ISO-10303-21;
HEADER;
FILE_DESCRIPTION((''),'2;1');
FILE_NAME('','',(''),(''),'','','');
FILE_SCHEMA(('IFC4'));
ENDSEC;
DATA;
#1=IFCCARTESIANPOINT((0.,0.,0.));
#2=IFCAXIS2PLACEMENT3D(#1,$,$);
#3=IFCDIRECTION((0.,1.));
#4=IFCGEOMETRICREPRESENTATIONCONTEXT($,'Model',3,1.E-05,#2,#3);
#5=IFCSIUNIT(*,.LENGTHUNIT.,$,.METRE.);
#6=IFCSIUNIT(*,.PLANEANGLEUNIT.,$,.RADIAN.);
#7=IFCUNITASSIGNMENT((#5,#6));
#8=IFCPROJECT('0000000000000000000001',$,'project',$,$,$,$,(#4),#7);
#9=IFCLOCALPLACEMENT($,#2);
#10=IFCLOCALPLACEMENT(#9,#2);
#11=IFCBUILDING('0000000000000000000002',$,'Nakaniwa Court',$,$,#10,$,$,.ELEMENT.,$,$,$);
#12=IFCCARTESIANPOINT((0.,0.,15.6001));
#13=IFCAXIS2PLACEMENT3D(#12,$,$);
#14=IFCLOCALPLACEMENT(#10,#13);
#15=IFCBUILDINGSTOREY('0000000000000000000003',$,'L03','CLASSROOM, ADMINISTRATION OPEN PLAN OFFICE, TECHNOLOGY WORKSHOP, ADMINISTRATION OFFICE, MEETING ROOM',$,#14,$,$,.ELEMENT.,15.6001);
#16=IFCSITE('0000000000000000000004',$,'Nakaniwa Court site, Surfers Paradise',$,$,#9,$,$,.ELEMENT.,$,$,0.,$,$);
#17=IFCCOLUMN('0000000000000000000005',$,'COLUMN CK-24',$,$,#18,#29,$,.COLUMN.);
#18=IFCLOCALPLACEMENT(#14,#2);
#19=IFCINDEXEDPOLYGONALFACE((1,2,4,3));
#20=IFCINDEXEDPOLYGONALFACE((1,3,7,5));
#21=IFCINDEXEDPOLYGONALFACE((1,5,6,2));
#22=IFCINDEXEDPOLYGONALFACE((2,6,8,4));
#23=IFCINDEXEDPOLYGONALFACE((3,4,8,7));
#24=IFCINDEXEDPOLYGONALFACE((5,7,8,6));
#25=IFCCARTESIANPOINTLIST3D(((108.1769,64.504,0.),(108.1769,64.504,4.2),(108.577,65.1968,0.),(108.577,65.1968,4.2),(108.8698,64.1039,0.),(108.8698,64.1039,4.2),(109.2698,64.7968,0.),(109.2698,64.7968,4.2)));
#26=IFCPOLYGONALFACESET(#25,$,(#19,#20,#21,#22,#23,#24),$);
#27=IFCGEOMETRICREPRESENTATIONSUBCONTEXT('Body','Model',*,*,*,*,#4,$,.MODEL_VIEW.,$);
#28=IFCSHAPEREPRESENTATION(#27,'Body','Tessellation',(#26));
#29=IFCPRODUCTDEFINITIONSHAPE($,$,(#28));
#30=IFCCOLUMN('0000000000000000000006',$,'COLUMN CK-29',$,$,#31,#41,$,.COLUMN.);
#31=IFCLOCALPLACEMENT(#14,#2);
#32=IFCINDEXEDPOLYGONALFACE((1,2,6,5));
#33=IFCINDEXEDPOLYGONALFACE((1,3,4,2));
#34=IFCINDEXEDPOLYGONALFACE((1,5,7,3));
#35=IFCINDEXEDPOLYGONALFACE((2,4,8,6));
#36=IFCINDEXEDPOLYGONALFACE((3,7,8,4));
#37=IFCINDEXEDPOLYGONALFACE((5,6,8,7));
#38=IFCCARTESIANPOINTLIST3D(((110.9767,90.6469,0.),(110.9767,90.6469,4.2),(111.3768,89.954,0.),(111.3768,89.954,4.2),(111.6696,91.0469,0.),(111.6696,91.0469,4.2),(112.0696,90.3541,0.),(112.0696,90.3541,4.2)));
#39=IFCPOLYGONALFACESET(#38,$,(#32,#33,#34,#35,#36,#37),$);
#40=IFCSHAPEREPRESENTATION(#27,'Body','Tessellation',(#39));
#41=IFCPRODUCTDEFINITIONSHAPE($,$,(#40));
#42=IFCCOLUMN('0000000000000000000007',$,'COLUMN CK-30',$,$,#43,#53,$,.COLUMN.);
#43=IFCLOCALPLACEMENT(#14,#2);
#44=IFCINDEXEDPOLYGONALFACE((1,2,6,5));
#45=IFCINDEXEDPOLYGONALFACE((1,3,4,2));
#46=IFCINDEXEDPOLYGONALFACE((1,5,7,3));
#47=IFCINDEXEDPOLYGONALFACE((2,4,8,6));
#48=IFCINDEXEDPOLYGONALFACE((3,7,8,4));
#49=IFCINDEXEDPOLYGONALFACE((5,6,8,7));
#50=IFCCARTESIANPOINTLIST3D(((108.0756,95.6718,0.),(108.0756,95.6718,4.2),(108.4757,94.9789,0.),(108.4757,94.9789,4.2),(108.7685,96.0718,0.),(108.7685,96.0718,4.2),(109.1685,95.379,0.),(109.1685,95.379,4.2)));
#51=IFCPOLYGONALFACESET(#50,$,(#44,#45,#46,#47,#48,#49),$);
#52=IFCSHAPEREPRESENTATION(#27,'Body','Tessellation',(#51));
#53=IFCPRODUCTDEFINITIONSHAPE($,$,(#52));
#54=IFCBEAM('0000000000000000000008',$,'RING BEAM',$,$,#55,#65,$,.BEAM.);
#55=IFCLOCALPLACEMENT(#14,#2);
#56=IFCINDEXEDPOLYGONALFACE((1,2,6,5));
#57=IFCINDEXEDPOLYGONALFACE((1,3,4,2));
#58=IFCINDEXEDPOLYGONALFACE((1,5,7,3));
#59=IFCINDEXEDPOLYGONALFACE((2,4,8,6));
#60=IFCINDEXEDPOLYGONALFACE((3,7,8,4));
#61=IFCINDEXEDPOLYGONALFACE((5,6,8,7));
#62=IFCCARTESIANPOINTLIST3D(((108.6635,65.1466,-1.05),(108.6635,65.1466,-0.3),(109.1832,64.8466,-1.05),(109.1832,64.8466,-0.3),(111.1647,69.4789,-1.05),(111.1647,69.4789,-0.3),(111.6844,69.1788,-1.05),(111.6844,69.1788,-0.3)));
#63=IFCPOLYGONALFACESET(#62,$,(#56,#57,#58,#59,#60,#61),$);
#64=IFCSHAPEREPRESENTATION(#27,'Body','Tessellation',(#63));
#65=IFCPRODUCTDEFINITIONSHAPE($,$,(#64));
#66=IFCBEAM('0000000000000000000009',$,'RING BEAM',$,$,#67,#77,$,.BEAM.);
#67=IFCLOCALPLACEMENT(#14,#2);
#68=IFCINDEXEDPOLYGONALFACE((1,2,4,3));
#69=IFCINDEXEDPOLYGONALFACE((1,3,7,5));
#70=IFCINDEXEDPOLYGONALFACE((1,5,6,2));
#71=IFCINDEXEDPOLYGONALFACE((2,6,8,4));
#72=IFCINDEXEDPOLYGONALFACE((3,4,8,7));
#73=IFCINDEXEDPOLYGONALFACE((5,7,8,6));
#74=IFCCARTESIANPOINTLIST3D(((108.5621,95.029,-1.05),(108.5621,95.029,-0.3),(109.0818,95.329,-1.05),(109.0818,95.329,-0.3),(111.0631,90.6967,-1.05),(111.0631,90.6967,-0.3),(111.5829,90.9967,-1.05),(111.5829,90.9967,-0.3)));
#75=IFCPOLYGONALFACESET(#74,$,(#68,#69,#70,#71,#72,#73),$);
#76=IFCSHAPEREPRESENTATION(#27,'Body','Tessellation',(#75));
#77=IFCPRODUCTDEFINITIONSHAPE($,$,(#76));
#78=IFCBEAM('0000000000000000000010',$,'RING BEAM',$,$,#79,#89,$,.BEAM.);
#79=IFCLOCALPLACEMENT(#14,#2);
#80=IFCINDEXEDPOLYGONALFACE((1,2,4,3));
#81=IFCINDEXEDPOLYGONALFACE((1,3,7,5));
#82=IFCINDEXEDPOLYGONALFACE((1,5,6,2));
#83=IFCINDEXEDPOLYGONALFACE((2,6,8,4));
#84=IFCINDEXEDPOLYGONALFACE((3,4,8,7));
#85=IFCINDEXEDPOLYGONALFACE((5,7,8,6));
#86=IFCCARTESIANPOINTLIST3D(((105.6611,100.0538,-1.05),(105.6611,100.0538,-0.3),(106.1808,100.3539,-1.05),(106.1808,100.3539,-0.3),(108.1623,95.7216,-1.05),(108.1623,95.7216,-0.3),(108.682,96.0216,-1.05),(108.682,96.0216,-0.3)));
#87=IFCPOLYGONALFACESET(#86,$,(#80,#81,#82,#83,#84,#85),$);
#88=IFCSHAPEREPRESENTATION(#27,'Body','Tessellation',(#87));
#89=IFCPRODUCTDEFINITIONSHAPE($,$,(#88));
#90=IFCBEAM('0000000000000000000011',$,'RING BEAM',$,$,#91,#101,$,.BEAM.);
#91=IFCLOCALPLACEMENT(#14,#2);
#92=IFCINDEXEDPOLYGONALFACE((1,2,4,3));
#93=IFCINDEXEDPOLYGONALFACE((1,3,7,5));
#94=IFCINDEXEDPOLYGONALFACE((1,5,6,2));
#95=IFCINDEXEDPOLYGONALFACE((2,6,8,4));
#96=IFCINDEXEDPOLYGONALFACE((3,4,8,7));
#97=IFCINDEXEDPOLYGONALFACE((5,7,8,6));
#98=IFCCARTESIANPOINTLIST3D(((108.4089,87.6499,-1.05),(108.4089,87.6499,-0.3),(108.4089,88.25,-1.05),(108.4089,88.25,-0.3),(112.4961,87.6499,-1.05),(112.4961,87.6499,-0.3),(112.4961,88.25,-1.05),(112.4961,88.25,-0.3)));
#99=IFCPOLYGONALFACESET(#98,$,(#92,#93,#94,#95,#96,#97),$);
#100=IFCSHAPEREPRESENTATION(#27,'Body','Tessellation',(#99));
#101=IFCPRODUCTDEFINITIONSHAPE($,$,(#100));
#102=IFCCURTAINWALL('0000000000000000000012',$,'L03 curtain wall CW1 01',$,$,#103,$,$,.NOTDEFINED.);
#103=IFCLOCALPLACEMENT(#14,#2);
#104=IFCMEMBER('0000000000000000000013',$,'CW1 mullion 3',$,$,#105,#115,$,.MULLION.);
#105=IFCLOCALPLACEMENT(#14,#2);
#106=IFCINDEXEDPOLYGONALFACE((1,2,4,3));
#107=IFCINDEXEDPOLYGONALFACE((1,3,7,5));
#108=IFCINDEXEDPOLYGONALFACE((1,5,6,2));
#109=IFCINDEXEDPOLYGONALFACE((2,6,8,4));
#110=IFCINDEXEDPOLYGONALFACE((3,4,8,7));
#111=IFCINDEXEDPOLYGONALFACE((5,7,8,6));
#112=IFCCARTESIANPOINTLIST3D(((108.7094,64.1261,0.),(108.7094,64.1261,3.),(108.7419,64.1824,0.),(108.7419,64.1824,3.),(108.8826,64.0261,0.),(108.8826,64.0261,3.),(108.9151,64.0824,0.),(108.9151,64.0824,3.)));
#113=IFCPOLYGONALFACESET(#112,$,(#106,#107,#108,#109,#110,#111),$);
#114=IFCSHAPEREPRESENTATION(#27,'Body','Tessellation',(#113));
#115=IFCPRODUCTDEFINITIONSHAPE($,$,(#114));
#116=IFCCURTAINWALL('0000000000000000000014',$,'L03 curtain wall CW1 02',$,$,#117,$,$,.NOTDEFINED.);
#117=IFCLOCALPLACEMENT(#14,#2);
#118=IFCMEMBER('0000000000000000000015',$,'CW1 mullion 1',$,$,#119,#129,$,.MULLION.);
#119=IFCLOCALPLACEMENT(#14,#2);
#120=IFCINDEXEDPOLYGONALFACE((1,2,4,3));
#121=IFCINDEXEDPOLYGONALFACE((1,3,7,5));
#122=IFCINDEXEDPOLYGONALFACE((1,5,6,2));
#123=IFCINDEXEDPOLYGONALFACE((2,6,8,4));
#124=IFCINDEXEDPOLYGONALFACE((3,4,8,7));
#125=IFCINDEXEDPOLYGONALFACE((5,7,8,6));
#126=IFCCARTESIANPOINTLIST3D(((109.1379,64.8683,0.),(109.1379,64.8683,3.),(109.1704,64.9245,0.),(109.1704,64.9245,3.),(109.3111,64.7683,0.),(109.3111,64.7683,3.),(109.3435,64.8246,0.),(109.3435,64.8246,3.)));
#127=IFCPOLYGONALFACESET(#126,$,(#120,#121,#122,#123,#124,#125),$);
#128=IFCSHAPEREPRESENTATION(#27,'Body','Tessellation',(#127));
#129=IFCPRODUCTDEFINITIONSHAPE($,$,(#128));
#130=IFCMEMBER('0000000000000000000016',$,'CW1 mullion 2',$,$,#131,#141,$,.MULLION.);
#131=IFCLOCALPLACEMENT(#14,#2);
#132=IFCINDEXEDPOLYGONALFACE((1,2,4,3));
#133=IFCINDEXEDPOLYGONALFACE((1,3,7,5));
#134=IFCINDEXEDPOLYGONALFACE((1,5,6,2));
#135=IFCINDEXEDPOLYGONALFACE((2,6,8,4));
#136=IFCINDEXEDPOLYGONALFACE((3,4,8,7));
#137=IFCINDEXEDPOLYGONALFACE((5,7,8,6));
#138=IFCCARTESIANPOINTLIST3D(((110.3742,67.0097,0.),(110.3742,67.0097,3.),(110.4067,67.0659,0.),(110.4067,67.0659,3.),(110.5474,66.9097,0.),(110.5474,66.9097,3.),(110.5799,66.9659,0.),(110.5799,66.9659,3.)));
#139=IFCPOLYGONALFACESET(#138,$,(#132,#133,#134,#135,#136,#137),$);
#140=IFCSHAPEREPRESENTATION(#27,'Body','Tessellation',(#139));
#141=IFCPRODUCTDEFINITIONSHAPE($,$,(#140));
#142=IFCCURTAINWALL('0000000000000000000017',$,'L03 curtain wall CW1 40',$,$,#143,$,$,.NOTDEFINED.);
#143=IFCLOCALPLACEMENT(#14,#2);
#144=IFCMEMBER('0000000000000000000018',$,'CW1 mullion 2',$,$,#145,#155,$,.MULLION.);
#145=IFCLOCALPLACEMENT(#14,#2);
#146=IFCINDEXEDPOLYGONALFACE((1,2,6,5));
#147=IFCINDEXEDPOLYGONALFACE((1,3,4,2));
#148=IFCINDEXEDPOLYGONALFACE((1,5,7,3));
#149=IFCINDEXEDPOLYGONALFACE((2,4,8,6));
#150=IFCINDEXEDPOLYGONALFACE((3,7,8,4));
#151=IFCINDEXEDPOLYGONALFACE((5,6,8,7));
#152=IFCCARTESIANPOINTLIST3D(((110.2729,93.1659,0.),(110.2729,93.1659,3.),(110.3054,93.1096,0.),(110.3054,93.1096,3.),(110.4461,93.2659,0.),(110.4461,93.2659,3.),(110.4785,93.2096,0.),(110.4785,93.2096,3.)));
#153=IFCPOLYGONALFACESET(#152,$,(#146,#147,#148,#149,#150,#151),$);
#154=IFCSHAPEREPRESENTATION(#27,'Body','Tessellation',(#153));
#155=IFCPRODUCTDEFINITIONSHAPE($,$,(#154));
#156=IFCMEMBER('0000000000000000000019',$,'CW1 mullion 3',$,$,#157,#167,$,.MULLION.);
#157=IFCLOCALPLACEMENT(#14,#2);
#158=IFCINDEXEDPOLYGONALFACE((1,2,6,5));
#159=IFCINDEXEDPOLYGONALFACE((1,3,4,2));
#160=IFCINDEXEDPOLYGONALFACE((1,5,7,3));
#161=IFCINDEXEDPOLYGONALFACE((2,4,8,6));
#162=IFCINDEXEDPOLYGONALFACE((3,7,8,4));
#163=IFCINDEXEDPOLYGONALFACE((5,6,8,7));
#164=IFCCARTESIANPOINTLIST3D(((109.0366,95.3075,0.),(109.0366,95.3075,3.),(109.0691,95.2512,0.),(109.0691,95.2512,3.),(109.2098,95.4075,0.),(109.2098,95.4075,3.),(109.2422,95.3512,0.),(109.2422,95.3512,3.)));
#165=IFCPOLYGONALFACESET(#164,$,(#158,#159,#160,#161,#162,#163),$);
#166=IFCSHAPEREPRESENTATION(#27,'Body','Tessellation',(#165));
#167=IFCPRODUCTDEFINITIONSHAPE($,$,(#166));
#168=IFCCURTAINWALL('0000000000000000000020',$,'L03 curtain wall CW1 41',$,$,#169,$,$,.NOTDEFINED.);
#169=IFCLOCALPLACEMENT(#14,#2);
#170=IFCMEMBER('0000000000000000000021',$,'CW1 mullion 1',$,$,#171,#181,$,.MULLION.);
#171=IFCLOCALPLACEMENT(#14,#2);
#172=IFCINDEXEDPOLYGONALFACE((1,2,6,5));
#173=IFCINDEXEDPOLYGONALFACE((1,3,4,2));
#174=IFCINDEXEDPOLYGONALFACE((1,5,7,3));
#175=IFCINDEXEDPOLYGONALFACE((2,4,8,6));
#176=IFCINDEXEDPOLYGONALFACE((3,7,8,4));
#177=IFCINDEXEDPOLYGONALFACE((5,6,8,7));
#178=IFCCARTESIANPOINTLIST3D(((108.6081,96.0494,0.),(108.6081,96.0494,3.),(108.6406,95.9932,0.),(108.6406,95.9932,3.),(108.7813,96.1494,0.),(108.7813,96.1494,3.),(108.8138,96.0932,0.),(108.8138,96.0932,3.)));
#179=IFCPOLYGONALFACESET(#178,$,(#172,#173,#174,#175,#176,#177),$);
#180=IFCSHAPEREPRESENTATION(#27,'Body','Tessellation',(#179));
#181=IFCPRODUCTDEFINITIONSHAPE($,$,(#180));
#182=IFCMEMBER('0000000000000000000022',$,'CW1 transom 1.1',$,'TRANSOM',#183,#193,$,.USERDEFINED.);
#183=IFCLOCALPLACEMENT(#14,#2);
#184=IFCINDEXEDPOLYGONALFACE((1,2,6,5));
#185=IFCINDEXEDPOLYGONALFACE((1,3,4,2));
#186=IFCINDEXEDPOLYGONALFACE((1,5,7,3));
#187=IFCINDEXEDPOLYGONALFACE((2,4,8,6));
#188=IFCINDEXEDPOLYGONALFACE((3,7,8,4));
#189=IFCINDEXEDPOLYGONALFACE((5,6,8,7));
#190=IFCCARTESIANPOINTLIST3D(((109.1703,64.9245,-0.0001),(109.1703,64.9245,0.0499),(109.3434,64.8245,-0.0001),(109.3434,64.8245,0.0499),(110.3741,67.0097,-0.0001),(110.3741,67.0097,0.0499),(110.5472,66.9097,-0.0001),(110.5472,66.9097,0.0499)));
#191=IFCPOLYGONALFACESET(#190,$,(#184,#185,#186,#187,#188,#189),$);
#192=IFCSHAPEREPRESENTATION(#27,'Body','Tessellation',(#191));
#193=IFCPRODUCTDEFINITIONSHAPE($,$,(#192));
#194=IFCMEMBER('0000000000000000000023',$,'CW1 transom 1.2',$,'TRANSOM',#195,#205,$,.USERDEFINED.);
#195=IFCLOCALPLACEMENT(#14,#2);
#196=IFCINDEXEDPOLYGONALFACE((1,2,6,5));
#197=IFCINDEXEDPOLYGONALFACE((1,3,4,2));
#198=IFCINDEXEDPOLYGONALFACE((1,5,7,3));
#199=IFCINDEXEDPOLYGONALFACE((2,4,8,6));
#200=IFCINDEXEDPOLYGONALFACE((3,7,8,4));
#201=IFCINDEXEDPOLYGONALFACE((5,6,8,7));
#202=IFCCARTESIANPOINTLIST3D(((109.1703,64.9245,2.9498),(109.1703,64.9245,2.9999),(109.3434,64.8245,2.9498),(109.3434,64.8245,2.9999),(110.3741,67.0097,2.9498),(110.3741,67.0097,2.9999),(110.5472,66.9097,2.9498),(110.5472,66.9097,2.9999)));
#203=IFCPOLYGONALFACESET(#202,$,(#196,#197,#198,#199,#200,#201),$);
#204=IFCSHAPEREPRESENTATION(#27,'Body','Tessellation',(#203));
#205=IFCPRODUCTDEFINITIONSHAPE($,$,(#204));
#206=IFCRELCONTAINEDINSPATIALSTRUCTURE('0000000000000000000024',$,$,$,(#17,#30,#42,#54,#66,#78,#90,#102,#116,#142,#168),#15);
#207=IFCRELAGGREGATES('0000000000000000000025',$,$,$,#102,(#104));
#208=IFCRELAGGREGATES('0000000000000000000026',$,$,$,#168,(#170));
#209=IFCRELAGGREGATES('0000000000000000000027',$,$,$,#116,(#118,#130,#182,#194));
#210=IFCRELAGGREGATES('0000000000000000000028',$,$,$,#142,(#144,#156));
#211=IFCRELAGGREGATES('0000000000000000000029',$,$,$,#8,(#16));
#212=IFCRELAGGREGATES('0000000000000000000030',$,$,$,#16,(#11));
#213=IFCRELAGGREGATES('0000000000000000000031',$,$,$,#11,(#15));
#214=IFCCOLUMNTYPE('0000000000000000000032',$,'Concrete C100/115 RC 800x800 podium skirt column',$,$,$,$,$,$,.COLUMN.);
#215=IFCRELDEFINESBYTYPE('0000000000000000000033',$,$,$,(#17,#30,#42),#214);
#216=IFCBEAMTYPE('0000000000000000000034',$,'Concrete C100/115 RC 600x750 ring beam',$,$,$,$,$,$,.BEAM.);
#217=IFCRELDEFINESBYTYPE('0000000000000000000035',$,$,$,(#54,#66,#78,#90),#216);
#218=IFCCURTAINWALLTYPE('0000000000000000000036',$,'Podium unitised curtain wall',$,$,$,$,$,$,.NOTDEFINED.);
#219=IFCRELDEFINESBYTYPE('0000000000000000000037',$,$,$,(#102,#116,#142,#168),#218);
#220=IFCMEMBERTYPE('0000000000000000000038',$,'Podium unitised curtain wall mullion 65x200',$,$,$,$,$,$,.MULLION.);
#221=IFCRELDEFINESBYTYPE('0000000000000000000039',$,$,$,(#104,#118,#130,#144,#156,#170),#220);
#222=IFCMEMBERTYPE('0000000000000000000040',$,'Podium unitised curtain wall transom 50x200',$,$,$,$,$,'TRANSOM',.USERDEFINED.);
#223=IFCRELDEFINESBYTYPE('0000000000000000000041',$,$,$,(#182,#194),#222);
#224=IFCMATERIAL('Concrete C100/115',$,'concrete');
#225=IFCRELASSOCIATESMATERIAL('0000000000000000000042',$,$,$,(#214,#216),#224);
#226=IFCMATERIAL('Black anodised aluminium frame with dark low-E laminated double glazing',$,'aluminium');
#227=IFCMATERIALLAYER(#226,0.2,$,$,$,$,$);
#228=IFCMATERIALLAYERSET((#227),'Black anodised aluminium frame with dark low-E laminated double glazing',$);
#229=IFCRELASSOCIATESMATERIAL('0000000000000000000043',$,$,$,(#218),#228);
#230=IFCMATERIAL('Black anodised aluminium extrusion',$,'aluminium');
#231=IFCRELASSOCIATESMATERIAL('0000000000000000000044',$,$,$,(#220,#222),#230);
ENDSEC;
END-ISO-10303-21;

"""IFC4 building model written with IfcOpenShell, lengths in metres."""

from ifc_helpers import new_model, si_unit, direction, frame, origin, origin_2d, place, context, subcontext, project, spatial, rectangle, extrude, material, layer, layer_set, material_profile, profile_set, type_object, element, aggregate, save


model = new_model("IFC4")

# Units and contexts
model_context = context("Model", 3, precision=1e-05, world=origin(), true_north=direction((0.0, 1.0)))
body_context = subcontext(model_context, "Body", "Model", "MODEL_VIEW")
ifc_project = project(units=[si_unit("LENGTHUNIT", "METRE"), si_unit("PLANEANGLEUNIT", "RADIAN")], contexts=[model_context])

# Site, building, storey
site_placement = place(None, origin())
site = spatial("IfcSite", under=ifc_project, at=site_placement, Name="Nakaniwa Court site, Surfers Paradise", CompositionType="ELEMENT", RefElevation=0.0)
building_placement = place(site_placement, origin())
building = spatial("IfcBuilding", under=site, at=building_placement, Name="Nakaniwa Court", CompositionType="ELEMENT")
storey_placement = place(building_placement, frame((0.0, 0.0, 15.6001)))
storey = spatial("IfcBuildingStorey", under=building, at=storey_placement, Name="L03", Description="CLASSROOM, ADMINISTRATION OPEN PLAN OFFICE, TECHNOLOGY WORKSHOP, ADMINISTRATION OFFICE, MEETING ROOM", CompositionType="ELEMENT", Elevation=15.6001)

# Columns
ifc_material_1 = material(Name="Concrete C100/115", Category="concrete")
ifc_material_profile_1 = material_profile(ifc_material_1, rectangle(XDim=0.8, YDim=0.8, at=origin_2d()), Name="Concrete C100/115 RC 800x800 podium skirt column")
ifc_profile_set_1 = profile_set([ifc_material_profile_1], Name="Concrete C100/115")
column_type = type_object("IfcColumnType", Name="Concrete C100/115 RC 800x800 podium skirt column", PredefinedType="COLUMN", material=ifc_profile_set_1)
for number, where, z_axis, x_axis, name in (
    (1, (108.7234, 64.6504, 0.0), (0.0, 0.0, 1.0), (0.5, 0.866025, 0.0), "COLUMN CK-24"),
    (2, (111.5232, 90.5005, 0.0), (0.0, 0.0, 1.0), (-0.5, 0.866025, 0.0), "COLUMN CK-29"),
    (3, (108.6221, 95.5254, 0.0), (0.0, 0.0, 1.0), (-0.5, 0.866025, 0.0), "COLUMN CK-30"),
):
    element("IfcColumn", number, at=place(storey_placement, frame(where, z_axis=z_axis, x_axis=x_axis)), inside=storey, type_object=column_type, Name=name, PredefinedType="COLUMN", context=body_context, shape_type="SweptSolid", body=[
        extrude(rectangle(XDim=0.8, YDim=0.8, at=origin_2d()), origin(), (0.0, 0.0, 1.0), 4.2),
    ])

# Beams
ifc_material_profile_2 = material_profile(ifc_material_1, rectangle(XDim=0.6001, YDim=0.75, at=origin_2d()), Name="Concrete C100/115 RC 600x750 ring beam")
ifc_profile_set_2 = profile_set([ifc_material_profile_2], Name="Concrete C100/115")
beam_type = type_object("IfcBeamType", Name="Concrete C100/115 RC 600x750 ring beam", PredefinedType="BEAM", material=ifc_profile_set_2)
for number, where, z_axis, x_axis, name in (
    (4, (108.9233, 64.9966, -0.675), (0.499997, 0.866027, 0.0), (-0.866027, 0.499997, 0.0), "RING BEAM"),
    (5, (111.323, 90.8467, -0.675), (-0.49996, 0.866048, 0.0), (-0.866048, -0.49996, 0.0), "RING BEAM"),
    (6, (108.4221, 95.8716, -0.675), (-0.499997, 0.866027, 0.0), (-0.866027, -0.499997, 0.0), "RING BEAM"),
):
    element("IfcBeam", number, at=place(storey_placement, frame(where, z_axis=z_axis, x_axis=x_axis)), inside=storey, type_object=beam_type, Name=name, PredefinedType="BEAM", context=body_context, shape_type="SweptSolid", body=[
        extrude(rectangle(XDim=0.6001, YDim=0.75, at=origin_2d()), origin(), (0.0, 0.0, 1.0), 5.0024),
    ])
beam_placement = place(storey_placement, frame((108.4089, 87.95, -0.675), z_axis=(1.0, 0.0, 0.0), x_axis=(0.0, 1.0, 0.0)))
element("IfcBeam", 7, at=beam_placement, inside=storey, type_object=beam_type, Name="RING BEAM", PredefinedType="BEAM", context=body_context, shape_type="SweptSolid", body=[
    extrude(rectangle(XDim=0.6001, YDim=0.75, at=origin_2d()), origin(), (0.0, 0.0, 1.0), 4.0872),
])

# Curtain wall, member
ifc_material_2 = material(Name="Black anodised aluminium frame with dark low-E laminated double glazing", Category="aluminium")
ifc_layer_1 = layer(ifc_material_2, 0.2)
ifc_layer_set_1 = layer_set([ifc_layer_1], Name="Black anodised aluminium frame with dark low-E laminated double glazing")
curtain_wall_type = type_object("IfcCurtainWallType", Name="Podium unitised curtain wall", PredefinedType="NOTDEFINED", material=ifc_layer_set_1)
curtain_wall_1_placement = place(storey_placement, origin())
curtain_wall_1 = element("IfcCurtainWall", 8, at=curtain_wall_1_placement, inside=storey, type_object=curtain_wall_type, Name="L03 curtain wall CW1 01", PredefinedType="NOTDEFINED")
ifc_material_3 = material(Name="Black anodised aluminium extrusion", Category="aluminium")
ifc_material_profile_3 = material_profile(ifc_material_3, rectangle(XDim=0.2, YDim=0.0649, at=origin_2d()), Name="Podium unitised curtain wall mullion 65x200")
ifc_profile_set_3 = profile_set([ifc_material_profile_3], Name="Black anodised aluminium extrusion")
member_type_1 = type_object("IfcMemberType", Name="Podium unitised curtain wall mullion 65x200", PredefinedType="MULLION", material=ifc_profile_set_3)
member_1_placement = place(storey_placement, frame((108.8123, 64.1042, 0.0), z_axis=(0.0, 0.0, 1.0), x_axis=(-0.866032, 0.499988, 0.0)))
member_1 = element("IfcMember", 9, at=member_1_placement, type_object=member_type_1, Name="CW1 mullion 3", PredefinedType="MULLION", context=body_context, shape_type="SweptSolid", body=[
    extrude(rectangle(XDim=0.2, YDim=0.0649, at=origin_2d()), origin(), (0.0, 0.0, 1.0), 3.0),
])
aggregate(curtain_wall_1, [member_1])

# Curtain walls, members
curtain_wall_2_placement = place(storey_placement, origin())
curtain_wall_2 = element("IfcCurtainWall", 10, at=curtain_wall_2_placement, inside=storey, type_object=curtain_wall_type, Name="L03 curtain wall CW1 02", PredefinedType="NOTDEFINED")
member_2_placement = place(storey_placement, frame((109.2407, 64.8464, 0.0), z_axis=(0.0, 0.0, 1.0), x_axis=(-0.866024, 0.500003, 0.0)))
member_2 = element("IfcMember", 11, at=member_2_placement, type_object=member_type_1, Name="CW1 mullion 1", PredefinedType="MULLION", context=body_context, shape_type="SweptSolid", body=[
    extrude(rectangle(XDim=0.2, YDim=0.0649, at=origin_2d()), origin(), (0.0, 0.0, 1.0), 3.0),
])
member_3_placement = place(storey_placement, frame((110.4771, 66.9878, 0.0), z_axis=(0.0, 0.0, 1.0), x_axis=(-0.866024, 0.500003, 0.0)))
member_3 = element("IfcMember", 12, at=member_3_placement, type_object=member_type_1, Name="CW1 mullion 2", PredefinedType="MULLION", context=body_context, shape_type="SweptSolid", body=[
    extrude(rectangle(XDim=0.2, YDim=0.0649, at=origin_2d()), origin(), (0.0, 0.0, 1.0), 3.0),
])
curtain_wall_3_placement = place(storey_placement, origin())
curtain_wall_3 = element("IfcCurtainWall", 13, at=curtain_wall_3_placement, inside=storey, type_object=curtain_wall_type, Name="L03 curtain wall CW1 40", PredefinedType="NOTDEFINED")
member_4_placement = place(storey_placement, frame((110.3757, 93.1877, 0.0), z_axis=(0.0, 0.0, 1.0), x_axis=(-0.866032, -0.499988, 0.0)))
member_4 = element("IfcMember", 14, at=member_4_placement, type_object=member_type_1, Name="CW1 mullion 2", PredefinedType="MULLION", context=body_context, shape_type="SweptSolid", body=[
    extrude(rectangle(XDim=0.2, YDim=0.0649, at=origin_2d()), origin(), (0.0, 0.0, 1.0), 3.0),
])
member_5_placement = place(storey_placement, frame((109.1394, 95.3293, 0.0), z_axis=(0.0, 0.0, 1.0), x_axis=(-0.866032, -0.499988, 0.0)))
member_5 = element("IfcMember", 15, at=member_5_placement, type_object=member_type_1, Name="CW1 mullion 3", PredefinedType="MULLION", context=body_context, shape_type="SweptSolid", body=[
    extrude(rectangle(XDim=0.2, YDim=0.0649, at=origin_2d()), origin(), (0.0, 0.0, 1.0), 3.0),
])

# Curtain wall, member
curtain_wall_4_placement = place(storey_placement, origin())
curtain_wall_4 = element("IfcCurtainWall", 16, at=curtain_wall_4_placement, inside=storey, type_object=curtain_wall_type, Name="L03 curtain wall CW1 41", PredefinedType="NOTDEFINED")
member_6_placement = place(storey_placement, frame((108.7109, 96.0713, 0.0), z_axis=(0.0, 0.0, 1.0), x_axis=(-0.866029, -0.499994, 0.0)))
member_6 = element("IfcMember", 17, at=member_6_placement, type_object=member_type_1, Name="CW1 mullion 1", PredefinedType="MULLION", context=body_context, shape_type="SweptSolid", body=[
    extrude(rectangle(XDim=0.2, YDim=0.0649, at=origin_2d()), origin(), (0.0, 0.0, 1.0), 3.0),
])

# Members
ifc_material_profile_4 = material_profile(ifc_material_3, rectangle(XDim=0.2, YDim=0.05, at=origin_2d()), Name="Podium unitised curtain wall transom 50x200")
ifc_profile_set_4 = profile_set([ifc_material_profile_4], Name="Black anodised aluminium extrusion")
member_type_2 = type_object("IfcMemberType", Name="Podium unitised curtain wall transom 50x200", ElementType="TRANSOM", PredefinedType="USERDEFINED", material=ifc_profile_set_4)
member_7_placement = place(storey_placement, frame((109.2568, 64.8745, 0.0249), z_axis=(0.499989, 0.866032, 0.0), x_axis=(-0.866032, 0.499989, 0.0)))
member_7 = element("IfcMember", 18, at=member_7_placement, type_object=member_type_2, Name="CW1 transom 1.1", ObjectType="TRANSOM", PredefinedType="USERDEFINED", context=body_context, shape_type="SweptSolid", body=[
    extrude(rectangle(XDim=0.2, YDim=0.05, at=origin_2d()), origin(), (0.0, 0.0, 1.0), 2.4077),
])
member_8_placement = place(storey_placement, frame((109.2568, 64.8745, 2.9749), z_axis=(0.499989, 0.866032, 0.0), x_axis=(-0.866032, 0.499989, 0.0)))
member_8 = element("IfcMember", 19, at=member_8_placement, type_object=member_type_2, Name="CW1 transom 1.2", ObjectType="TRANSOM", PredefinedType="USERDEFINED", context=body_context, shape_type="SweptSolid", body=[
    extrude(rectangle(XDim=0.2, YDim=0.05, at=origin_2d()), origin(), (0.0, 0.0, 1.0), 2.4077),
])
aggregate(curtain_wall_4, [member_6])

aggregate(curtain_wall_2, [member_2, member_3, member_7, member_8])
aggregate(curtain_wall_3, [member_4, member_5])

save(model, "model.ifc")
